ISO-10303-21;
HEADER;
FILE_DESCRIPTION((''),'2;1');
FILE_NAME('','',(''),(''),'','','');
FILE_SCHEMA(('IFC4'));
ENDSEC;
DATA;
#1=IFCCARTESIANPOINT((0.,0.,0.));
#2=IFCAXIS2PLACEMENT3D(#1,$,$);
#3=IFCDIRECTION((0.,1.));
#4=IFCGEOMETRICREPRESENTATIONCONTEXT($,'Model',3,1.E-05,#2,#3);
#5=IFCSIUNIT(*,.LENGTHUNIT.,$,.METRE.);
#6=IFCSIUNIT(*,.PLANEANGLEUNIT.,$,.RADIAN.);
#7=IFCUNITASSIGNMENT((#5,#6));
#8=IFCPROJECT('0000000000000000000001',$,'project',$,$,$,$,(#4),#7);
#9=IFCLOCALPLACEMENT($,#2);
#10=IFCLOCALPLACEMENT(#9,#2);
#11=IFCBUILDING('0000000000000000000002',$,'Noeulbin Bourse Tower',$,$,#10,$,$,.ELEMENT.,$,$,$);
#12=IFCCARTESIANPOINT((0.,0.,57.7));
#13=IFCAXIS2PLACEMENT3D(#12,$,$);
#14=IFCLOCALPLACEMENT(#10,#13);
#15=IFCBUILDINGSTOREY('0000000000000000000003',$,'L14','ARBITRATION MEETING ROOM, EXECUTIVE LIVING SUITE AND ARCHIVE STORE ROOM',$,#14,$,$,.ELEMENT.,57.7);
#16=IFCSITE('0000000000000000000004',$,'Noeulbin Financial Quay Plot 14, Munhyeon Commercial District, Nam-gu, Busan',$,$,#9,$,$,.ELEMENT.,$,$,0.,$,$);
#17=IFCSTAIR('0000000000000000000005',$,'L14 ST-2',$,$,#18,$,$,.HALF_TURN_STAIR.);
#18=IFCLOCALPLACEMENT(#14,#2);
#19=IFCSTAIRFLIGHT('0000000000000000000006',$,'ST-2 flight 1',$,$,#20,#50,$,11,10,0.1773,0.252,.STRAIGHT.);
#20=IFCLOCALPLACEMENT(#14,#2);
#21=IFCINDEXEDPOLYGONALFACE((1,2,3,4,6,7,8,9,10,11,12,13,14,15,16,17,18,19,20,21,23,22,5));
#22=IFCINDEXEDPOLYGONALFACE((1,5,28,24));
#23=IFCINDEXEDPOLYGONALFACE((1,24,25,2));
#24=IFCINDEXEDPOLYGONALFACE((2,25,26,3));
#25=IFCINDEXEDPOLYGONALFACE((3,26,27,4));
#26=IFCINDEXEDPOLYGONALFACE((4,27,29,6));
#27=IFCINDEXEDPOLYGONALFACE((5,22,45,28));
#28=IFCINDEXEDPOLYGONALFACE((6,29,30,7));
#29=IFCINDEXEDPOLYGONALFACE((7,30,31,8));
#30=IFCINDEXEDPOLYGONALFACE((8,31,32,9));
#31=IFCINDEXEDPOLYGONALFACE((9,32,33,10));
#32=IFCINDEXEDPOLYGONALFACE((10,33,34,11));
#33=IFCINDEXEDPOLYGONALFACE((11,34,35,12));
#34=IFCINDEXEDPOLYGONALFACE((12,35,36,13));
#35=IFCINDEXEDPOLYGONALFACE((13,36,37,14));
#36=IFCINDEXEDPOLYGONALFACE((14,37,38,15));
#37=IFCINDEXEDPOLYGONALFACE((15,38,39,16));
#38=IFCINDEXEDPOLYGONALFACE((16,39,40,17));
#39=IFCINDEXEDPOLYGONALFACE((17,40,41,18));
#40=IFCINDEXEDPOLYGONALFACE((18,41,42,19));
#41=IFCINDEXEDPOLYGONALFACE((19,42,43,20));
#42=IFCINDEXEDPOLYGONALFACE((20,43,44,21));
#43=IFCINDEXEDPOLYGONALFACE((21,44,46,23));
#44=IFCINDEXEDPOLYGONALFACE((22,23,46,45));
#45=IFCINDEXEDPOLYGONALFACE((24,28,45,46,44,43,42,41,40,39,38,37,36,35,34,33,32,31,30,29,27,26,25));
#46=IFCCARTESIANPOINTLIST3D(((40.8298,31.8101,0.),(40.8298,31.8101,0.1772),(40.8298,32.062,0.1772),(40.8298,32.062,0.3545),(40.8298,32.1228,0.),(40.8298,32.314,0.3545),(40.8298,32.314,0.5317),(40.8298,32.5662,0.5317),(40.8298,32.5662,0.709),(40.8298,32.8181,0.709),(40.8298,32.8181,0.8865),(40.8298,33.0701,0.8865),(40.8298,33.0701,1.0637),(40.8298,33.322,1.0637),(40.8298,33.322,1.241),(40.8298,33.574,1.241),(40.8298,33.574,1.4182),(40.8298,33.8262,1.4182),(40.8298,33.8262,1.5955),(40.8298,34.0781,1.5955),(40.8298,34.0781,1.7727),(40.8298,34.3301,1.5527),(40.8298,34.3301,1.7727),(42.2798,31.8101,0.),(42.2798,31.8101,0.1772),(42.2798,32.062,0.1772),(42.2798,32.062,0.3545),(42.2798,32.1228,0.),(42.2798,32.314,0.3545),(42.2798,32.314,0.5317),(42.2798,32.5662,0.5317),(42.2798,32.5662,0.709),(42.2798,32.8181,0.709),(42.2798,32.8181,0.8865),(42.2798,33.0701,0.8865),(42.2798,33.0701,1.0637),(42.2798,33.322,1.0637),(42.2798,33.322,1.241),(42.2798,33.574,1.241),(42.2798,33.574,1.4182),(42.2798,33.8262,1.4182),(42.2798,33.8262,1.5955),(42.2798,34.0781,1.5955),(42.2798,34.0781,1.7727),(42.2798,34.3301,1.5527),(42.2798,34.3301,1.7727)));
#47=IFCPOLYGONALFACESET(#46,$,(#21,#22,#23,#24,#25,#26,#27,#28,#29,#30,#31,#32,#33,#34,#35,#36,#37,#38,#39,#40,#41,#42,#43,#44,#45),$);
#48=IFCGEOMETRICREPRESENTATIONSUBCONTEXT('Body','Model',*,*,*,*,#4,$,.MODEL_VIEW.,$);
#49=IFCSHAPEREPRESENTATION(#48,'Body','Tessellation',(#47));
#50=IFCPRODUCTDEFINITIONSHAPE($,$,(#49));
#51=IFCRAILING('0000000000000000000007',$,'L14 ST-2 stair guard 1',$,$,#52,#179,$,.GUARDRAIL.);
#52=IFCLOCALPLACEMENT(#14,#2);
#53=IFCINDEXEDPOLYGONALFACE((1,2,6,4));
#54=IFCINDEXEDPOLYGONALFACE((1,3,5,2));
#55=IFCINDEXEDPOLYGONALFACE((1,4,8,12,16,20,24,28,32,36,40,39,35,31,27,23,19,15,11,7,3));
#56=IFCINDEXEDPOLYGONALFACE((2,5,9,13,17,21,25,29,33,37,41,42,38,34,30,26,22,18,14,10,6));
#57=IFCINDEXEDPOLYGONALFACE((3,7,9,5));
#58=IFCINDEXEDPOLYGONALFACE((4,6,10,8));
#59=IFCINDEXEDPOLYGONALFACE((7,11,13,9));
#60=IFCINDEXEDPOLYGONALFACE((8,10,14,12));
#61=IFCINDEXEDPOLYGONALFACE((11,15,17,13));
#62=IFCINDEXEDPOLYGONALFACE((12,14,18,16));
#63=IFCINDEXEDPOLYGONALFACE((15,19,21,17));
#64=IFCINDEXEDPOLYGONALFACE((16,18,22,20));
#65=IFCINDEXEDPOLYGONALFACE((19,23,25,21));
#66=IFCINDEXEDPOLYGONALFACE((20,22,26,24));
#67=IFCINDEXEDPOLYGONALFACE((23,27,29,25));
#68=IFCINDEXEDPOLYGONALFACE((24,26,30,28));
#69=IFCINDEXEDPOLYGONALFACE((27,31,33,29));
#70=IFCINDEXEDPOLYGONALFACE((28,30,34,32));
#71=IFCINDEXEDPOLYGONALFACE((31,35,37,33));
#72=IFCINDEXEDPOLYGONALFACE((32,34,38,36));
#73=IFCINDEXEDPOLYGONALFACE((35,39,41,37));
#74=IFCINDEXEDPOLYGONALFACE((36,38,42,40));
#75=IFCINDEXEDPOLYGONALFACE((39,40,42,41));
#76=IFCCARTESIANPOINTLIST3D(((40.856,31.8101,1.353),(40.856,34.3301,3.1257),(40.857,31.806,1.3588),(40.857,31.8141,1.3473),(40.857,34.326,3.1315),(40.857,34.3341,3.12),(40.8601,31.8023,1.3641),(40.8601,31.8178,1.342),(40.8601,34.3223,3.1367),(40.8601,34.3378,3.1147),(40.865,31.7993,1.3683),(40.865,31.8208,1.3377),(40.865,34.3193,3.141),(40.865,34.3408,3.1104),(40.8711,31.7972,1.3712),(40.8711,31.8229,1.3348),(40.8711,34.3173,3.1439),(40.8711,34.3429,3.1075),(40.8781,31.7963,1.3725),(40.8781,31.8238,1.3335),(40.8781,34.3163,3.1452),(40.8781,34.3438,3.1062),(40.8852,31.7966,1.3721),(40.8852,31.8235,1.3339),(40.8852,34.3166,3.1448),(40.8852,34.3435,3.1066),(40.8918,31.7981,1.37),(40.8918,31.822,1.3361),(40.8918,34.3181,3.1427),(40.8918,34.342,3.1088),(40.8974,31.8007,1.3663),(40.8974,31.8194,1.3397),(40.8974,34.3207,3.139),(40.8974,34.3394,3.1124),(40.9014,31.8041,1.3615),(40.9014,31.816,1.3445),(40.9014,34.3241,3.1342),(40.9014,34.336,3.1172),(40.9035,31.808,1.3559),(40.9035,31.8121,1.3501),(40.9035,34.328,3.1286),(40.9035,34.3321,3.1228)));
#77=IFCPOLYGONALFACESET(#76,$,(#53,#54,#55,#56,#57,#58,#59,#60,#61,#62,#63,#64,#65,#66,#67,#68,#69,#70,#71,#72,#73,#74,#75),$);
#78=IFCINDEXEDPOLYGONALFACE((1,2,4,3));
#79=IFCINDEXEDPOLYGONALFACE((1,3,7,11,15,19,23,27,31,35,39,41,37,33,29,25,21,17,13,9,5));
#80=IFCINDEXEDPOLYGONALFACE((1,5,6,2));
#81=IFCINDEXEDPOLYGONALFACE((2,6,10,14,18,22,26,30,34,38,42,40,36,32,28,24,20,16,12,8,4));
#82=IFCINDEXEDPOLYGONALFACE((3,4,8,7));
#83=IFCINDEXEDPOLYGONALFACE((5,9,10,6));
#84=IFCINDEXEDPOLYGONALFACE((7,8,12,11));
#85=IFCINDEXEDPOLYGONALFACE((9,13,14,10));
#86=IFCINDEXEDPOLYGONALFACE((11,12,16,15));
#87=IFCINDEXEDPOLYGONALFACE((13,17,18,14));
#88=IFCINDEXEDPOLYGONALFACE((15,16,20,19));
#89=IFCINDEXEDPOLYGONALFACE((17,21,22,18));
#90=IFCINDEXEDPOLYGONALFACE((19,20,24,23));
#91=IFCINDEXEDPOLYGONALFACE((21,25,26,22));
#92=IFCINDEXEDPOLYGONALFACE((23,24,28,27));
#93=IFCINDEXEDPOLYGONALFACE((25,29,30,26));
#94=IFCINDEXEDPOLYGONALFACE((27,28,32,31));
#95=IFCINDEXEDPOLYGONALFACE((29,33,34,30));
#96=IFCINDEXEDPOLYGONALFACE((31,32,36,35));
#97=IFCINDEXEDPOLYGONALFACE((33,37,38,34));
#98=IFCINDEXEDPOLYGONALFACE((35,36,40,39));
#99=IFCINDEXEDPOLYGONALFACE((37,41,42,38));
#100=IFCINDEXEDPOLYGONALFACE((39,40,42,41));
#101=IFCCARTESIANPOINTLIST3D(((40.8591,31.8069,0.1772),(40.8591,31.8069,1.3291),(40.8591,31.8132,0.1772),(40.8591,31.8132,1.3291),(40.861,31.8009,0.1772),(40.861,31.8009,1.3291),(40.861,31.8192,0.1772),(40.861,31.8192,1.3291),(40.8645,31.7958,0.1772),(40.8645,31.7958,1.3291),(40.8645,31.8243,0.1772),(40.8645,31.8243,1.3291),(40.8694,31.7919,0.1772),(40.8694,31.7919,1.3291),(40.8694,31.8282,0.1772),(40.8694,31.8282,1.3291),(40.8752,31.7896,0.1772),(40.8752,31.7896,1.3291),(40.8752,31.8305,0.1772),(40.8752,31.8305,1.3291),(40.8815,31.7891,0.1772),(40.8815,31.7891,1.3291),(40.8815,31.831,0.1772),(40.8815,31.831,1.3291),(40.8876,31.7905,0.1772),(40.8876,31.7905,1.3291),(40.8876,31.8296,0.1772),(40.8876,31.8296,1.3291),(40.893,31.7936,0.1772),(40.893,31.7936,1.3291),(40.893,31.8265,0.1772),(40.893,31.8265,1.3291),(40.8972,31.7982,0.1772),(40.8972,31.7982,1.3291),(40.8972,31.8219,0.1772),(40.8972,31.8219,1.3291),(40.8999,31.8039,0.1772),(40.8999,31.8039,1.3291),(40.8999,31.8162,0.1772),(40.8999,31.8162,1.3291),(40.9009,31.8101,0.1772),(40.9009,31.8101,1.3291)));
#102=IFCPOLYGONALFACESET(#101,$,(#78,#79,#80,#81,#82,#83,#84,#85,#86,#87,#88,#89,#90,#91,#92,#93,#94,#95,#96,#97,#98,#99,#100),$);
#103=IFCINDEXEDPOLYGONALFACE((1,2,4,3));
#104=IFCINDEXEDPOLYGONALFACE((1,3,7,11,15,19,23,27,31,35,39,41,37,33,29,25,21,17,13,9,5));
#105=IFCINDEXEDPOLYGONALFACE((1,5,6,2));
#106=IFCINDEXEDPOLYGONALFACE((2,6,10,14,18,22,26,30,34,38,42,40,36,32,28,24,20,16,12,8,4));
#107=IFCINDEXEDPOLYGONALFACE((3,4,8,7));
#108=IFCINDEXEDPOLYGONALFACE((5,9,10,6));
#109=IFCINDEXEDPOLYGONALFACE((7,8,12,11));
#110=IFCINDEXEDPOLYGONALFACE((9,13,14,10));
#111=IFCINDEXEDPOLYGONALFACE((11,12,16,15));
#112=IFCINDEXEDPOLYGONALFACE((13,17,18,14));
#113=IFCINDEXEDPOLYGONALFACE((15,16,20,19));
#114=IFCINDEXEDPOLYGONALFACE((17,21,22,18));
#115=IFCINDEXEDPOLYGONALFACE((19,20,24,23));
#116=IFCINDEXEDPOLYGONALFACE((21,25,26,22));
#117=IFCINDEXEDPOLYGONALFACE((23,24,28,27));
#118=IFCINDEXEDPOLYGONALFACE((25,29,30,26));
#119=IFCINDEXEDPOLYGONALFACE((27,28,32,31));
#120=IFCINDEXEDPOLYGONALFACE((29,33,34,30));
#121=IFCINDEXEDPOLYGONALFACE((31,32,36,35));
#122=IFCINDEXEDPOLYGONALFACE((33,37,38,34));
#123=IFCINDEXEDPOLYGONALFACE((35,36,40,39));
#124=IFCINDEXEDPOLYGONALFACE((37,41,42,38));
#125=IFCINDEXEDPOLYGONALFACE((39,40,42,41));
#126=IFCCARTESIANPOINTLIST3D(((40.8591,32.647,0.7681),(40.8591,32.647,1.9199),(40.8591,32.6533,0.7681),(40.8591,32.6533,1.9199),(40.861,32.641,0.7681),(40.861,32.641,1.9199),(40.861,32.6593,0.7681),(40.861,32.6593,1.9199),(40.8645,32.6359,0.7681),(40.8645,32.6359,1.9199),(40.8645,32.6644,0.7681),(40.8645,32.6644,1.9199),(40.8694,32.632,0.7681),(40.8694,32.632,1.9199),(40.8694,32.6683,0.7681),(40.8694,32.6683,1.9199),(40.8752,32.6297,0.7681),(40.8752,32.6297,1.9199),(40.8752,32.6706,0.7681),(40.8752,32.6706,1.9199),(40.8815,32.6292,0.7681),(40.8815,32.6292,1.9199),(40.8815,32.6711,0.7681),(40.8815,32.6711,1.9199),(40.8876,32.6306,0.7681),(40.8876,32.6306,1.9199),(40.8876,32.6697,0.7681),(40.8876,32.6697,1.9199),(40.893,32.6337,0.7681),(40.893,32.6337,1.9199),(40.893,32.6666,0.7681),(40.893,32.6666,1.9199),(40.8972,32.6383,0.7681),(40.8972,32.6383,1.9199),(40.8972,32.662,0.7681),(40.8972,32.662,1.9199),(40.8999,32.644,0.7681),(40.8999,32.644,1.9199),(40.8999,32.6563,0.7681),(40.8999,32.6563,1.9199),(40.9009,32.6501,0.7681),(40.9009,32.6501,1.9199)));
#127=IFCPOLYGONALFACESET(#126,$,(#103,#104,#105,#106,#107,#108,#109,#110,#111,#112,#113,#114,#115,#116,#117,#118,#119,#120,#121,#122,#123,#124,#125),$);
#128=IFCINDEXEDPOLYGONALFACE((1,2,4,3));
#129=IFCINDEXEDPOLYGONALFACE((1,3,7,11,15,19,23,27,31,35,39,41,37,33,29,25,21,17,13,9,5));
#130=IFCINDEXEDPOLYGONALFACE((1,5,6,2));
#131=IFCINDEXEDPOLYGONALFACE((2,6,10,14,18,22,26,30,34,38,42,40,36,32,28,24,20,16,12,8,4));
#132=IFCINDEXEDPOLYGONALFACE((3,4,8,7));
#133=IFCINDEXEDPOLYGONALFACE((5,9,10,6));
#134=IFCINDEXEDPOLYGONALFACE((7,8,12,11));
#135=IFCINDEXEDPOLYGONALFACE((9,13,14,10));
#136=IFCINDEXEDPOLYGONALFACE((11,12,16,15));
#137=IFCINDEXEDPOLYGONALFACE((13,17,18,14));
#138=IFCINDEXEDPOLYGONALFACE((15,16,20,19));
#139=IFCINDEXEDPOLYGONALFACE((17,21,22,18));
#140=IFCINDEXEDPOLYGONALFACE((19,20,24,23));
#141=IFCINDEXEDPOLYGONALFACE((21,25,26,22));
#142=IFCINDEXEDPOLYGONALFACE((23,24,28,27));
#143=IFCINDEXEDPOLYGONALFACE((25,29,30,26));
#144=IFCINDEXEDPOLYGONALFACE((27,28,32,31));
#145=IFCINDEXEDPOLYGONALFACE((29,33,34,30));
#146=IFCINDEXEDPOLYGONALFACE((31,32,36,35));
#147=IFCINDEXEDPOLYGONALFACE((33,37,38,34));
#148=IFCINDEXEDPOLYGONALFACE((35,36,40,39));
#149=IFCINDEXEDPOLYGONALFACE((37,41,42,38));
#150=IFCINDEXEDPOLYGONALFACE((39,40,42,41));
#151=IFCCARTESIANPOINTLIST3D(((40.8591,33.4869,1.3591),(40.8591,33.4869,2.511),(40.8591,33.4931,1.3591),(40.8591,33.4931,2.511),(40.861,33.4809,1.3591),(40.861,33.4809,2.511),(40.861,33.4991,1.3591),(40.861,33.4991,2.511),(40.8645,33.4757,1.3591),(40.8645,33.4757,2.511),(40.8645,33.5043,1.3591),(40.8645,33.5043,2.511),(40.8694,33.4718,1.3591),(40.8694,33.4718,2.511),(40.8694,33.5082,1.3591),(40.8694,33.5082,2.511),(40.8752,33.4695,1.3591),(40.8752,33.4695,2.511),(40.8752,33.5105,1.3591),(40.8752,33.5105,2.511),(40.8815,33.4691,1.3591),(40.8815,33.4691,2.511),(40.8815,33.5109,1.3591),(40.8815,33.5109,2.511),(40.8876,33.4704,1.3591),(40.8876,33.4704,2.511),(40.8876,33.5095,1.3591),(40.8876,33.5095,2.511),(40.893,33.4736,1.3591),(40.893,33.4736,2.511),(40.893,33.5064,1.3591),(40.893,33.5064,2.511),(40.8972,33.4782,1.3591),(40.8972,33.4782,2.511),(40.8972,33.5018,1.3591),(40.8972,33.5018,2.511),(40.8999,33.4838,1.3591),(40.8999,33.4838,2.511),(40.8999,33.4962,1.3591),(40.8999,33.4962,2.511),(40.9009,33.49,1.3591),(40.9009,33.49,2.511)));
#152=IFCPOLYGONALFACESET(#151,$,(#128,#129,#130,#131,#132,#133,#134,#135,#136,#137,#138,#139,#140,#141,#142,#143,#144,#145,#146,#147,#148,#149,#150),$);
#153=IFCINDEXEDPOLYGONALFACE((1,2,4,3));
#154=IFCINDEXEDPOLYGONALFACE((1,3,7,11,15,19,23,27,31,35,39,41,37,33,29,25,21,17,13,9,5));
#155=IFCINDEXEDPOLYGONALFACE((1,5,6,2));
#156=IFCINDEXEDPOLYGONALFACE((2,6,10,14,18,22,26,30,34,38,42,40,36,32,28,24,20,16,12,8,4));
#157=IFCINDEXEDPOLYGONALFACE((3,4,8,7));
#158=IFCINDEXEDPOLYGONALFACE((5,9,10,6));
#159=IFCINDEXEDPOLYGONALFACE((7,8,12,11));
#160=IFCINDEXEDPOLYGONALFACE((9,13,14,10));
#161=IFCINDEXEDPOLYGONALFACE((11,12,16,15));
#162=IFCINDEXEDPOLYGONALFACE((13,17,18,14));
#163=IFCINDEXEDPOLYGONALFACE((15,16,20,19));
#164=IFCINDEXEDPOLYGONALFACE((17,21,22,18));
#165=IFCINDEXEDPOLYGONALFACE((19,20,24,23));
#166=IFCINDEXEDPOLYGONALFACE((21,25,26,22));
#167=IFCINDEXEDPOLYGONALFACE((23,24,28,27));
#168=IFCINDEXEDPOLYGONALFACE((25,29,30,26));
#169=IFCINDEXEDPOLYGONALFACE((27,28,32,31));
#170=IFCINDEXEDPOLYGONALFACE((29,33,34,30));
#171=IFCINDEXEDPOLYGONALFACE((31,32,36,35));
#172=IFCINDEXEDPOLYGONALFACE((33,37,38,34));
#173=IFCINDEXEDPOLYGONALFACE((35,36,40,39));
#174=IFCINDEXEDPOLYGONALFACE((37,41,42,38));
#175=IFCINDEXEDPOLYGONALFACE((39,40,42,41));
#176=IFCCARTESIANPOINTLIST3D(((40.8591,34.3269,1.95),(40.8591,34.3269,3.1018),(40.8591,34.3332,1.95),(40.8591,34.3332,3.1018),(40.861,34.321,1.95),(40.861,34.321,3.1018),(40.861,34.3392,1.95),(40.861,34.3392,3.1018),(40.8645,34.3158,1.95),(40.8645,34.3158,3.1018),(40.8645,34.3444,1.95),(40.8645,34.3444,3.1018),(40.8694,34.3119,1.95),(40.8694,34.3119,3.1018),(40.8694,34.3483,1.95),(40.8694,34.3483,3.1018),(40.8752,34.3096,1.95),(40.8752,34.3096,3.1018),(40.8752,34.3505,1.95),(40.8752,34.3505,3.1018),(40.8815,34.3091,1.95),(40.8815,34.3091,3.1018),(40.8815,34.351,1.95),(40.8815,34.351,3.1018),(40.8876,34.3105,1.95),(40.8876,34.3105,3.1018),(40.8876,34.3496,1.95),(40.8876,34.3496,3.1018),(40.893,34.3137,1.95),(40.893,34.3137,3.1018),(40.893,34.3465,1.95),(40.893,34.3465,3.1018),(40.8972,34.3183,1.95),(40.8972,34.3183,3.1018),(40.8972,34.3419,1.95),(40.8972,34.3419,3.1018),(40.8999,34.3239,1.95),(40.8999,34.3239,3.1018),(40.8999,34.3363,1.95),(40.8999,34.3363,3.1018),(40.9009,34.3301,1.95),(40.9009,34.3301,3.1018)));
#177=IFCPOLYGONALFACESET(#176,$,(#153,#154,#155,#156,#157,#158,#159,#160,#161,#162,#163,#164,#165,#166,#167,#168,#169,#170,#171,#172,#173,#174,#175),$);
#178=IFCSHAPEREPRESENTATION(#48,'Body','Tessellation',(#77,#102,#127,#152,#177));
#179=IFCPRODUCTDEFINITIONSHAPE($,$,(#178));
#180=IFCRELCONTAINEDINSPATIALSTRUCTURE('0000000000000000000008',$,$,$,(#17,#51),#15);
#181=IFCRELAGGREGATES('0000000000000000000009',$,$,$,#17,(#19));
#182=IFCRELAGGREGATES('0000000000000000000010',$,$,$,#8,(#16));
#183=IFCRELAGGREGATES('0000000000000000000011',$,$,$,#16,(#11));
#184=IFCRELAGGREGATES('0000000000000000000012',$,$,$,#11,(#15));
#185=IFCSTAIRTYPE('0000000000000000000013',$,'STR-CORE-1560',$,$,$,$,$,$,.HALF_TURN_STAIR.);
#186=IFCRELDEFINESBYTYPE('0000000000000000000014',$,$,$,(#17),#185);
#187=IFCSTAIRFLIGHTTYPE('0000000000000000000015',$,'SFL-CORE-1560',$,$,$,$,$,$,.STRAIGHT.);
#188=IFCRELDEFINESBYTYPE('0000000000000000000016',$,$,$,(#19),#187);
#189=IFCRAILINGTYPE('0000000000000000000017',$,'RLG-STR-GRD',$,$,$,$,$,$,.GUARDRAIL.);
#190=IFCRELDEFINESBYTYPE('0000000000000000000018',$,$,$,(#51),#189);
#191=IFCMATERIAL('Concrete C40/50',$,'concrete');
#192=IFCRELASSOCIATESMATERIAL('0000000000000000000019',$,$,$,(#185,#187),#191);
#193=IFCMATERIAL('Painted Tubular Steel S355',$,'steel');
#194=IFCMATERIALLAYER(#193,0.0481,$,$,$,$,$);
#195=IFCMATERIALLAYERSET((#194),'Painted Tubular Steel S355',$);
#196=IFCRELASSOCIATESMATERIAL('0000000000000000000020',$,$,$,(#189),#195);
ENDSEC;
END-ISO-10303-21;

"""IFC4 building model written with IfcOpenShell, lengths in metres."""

from ifc_helpers import new_model, si_unit, direction, frame, origin, origin_2d, place, context, subcontext, project, spatial, polyline, circle, outline, extrude, material, layer, layer_set, type_object, element, aggregate, save


model = new_model("IFC4")

# Units and contexts
model_context = context("Model", 3, precision=1e-05, world=origin(), true_north=direction((0.0, 1.0)))
body_context = subcontext(model_context, "Body", "Model", "MODEL_VIEW")
ifc_project = project(units=[si_unit("LENGTHUNIT", "METRE"), si_unit("PLANEANGLEUNIT", "RADIAN")], contexts=[model_context])

# Site, building, storey
site_placement = place(None, origin())
site = spatial("IfcSite", under=ifc_project, at=site_placement, Name="Noeulbin Financial Quay Plot 14, Munhyeon Commercial District, Nam-gu, Busan", CompositionType="ELEMENT", RefElevation=0.0)
building_placement = place(site_placement, origin())
building = spatial("IfcBuilding", under=site, at=building_placement, Name="Noeulbin Bourse Tower", CompositionType="ELEMENT")
storey_placement = place(building_placement, frame((0.0, 0.0, 57.7)))
storey = spatial("IfcBuildingStorey", under=building, at=storey_placement, Name="L14", Description="ARBITRATION MEETING ROOM, EXECUTIVE LIVING SUITE AND ARCHIVE STORE ROOM", CompositionType="ELEMENT", Elevation=57.7)

# Shared definitions
ifc_material_1 = material(Name="Concrete C40/50", Category="concrete")

# Stair, stair flight
stair_type = type_object("IfcStairType", Name="STR-CORE-1560", PredefinedType="HALF_TURN_STAIR", material=ifc_material_1)
stair_placement = place(storey_placement, origin())
stair = element("IfcStair", 1, at=stair_placement, inside=storey, type_object=stair_type, Name="L14 ST-2", PredefinedType="HALF_TURN_STAIR")
stair_flight_type = type_object("IfcStairFlightType", Name="SFL-CORE-1560", PredefinedType="STRAIGHT", material=ifc_material_1)
stair_flight_placement = place(storey_placement, frame((41.5549, 31.8101, 0.0), z_axis=(0.0, 0.0, 1.0), x_axis=(0.0, 1.0, 0.0)))
stair_flight = element("IfcStairFlight", 2, at=stair_flight_placement, type_object=stair_flight_type, Name="ST-2 flight 1", NumberOfRisers=11, NumberOfTreads=10, PredefinedType="STRAIGHT", RiserHeight=0.1773, TreadLength=0.252, context=body_context, shape_type="SweptSolid", body=[
    extrude(outline(polyline([(0.0, 0.0), (0.0, 0.1772), (0.252, 0.1772), (0.252, 0.3545), (0.5039, 0.3545), (0.5039, 0.5317), (0.7561, 0.5317), (0.7561, 0.709), (1.0081, 0.709), (1.0081, 0.8865), (1.26, 0.8865), (1.26, 1.0637), (1.512, 1.0637), (1.512, 1.241), (1.7639, 1.241), (1.7639, 1.4182), (2.0161, 1.4182), (2.0161, 1.5955), (2.2681, 1.5955), (2.2681, 1.7727), (2.52, 1.7727), (2.52, 1.95), (2.52, 1.5527), (0.3127, 0.0), (0.0, 0.0)])), frame((0.0, 0.7251, 0.0), z_axis=(0.0, -1.0, 0.0), x_axis=(1.0, 0.0, 0.0)), (0.0, 0.0, 1.0), 1.45),
])
aggregate(stair, [stair_flight])

# Railing
ifc_material_2 = material(Name="Painted Tubular Steel S355", Category="steel")
ifc_layer_1 = layer(ifc_material_2, 0.0481)
ifc_layer_set_1 = layer_set([ifc_layer_1], Name="Painted Tubular Steel S355")
railing_type_1 = type_object("IfcRailingType", Name="RLG-STR-GRD", PredefinedType="GUARDRAIL", material=ifc_layer_set_1)
railing_1_placement = place(storey_placement, frame((40.8799, 31.8101, 0.1772)))
element("IfcRailing", 3, at=railing_1_placement, inside=storey, type_object=railing_type_1, Name="L14 ST-2 stair guard 1", PredefinedType="GUARDRAIL", context=body_context, shape_type="SweptSolid", body=[
    extrude(circle(Radius=0.0239, at=origin_2d()), frame((0.0, 0.0, 1.1758), z_axis=(0.0, 0.817904, 0.575354), x_axis=(-1.0, 0.0, 0.0)), (0.0, 0.0, 1.0), 3.0811),
    extrude(circle(Radius=0.021, at=origin_2d()), origin(), (0.0, 0.0, 1.0), 1.1519),
    extrude(circle(Radius=0.021, at=origin_2d()), frame((0.0, 0.8401, 0.5908)), (0.0, 0.0, 1.0), 1.1519),
    extrude(circle(Radius=0.021, at=origin_2d()), frame((0.0, 1.6799, 1.1819)), (0.0, 0.0, 1.0), 1.1519),
    extrude(circle(Radius=0.021, at=origin_2d()), frame((0.0, 2.52, 1.7727)), (0.0, 0.0, 1.0), 1.1519),
])

save(model, "model.ifc")
